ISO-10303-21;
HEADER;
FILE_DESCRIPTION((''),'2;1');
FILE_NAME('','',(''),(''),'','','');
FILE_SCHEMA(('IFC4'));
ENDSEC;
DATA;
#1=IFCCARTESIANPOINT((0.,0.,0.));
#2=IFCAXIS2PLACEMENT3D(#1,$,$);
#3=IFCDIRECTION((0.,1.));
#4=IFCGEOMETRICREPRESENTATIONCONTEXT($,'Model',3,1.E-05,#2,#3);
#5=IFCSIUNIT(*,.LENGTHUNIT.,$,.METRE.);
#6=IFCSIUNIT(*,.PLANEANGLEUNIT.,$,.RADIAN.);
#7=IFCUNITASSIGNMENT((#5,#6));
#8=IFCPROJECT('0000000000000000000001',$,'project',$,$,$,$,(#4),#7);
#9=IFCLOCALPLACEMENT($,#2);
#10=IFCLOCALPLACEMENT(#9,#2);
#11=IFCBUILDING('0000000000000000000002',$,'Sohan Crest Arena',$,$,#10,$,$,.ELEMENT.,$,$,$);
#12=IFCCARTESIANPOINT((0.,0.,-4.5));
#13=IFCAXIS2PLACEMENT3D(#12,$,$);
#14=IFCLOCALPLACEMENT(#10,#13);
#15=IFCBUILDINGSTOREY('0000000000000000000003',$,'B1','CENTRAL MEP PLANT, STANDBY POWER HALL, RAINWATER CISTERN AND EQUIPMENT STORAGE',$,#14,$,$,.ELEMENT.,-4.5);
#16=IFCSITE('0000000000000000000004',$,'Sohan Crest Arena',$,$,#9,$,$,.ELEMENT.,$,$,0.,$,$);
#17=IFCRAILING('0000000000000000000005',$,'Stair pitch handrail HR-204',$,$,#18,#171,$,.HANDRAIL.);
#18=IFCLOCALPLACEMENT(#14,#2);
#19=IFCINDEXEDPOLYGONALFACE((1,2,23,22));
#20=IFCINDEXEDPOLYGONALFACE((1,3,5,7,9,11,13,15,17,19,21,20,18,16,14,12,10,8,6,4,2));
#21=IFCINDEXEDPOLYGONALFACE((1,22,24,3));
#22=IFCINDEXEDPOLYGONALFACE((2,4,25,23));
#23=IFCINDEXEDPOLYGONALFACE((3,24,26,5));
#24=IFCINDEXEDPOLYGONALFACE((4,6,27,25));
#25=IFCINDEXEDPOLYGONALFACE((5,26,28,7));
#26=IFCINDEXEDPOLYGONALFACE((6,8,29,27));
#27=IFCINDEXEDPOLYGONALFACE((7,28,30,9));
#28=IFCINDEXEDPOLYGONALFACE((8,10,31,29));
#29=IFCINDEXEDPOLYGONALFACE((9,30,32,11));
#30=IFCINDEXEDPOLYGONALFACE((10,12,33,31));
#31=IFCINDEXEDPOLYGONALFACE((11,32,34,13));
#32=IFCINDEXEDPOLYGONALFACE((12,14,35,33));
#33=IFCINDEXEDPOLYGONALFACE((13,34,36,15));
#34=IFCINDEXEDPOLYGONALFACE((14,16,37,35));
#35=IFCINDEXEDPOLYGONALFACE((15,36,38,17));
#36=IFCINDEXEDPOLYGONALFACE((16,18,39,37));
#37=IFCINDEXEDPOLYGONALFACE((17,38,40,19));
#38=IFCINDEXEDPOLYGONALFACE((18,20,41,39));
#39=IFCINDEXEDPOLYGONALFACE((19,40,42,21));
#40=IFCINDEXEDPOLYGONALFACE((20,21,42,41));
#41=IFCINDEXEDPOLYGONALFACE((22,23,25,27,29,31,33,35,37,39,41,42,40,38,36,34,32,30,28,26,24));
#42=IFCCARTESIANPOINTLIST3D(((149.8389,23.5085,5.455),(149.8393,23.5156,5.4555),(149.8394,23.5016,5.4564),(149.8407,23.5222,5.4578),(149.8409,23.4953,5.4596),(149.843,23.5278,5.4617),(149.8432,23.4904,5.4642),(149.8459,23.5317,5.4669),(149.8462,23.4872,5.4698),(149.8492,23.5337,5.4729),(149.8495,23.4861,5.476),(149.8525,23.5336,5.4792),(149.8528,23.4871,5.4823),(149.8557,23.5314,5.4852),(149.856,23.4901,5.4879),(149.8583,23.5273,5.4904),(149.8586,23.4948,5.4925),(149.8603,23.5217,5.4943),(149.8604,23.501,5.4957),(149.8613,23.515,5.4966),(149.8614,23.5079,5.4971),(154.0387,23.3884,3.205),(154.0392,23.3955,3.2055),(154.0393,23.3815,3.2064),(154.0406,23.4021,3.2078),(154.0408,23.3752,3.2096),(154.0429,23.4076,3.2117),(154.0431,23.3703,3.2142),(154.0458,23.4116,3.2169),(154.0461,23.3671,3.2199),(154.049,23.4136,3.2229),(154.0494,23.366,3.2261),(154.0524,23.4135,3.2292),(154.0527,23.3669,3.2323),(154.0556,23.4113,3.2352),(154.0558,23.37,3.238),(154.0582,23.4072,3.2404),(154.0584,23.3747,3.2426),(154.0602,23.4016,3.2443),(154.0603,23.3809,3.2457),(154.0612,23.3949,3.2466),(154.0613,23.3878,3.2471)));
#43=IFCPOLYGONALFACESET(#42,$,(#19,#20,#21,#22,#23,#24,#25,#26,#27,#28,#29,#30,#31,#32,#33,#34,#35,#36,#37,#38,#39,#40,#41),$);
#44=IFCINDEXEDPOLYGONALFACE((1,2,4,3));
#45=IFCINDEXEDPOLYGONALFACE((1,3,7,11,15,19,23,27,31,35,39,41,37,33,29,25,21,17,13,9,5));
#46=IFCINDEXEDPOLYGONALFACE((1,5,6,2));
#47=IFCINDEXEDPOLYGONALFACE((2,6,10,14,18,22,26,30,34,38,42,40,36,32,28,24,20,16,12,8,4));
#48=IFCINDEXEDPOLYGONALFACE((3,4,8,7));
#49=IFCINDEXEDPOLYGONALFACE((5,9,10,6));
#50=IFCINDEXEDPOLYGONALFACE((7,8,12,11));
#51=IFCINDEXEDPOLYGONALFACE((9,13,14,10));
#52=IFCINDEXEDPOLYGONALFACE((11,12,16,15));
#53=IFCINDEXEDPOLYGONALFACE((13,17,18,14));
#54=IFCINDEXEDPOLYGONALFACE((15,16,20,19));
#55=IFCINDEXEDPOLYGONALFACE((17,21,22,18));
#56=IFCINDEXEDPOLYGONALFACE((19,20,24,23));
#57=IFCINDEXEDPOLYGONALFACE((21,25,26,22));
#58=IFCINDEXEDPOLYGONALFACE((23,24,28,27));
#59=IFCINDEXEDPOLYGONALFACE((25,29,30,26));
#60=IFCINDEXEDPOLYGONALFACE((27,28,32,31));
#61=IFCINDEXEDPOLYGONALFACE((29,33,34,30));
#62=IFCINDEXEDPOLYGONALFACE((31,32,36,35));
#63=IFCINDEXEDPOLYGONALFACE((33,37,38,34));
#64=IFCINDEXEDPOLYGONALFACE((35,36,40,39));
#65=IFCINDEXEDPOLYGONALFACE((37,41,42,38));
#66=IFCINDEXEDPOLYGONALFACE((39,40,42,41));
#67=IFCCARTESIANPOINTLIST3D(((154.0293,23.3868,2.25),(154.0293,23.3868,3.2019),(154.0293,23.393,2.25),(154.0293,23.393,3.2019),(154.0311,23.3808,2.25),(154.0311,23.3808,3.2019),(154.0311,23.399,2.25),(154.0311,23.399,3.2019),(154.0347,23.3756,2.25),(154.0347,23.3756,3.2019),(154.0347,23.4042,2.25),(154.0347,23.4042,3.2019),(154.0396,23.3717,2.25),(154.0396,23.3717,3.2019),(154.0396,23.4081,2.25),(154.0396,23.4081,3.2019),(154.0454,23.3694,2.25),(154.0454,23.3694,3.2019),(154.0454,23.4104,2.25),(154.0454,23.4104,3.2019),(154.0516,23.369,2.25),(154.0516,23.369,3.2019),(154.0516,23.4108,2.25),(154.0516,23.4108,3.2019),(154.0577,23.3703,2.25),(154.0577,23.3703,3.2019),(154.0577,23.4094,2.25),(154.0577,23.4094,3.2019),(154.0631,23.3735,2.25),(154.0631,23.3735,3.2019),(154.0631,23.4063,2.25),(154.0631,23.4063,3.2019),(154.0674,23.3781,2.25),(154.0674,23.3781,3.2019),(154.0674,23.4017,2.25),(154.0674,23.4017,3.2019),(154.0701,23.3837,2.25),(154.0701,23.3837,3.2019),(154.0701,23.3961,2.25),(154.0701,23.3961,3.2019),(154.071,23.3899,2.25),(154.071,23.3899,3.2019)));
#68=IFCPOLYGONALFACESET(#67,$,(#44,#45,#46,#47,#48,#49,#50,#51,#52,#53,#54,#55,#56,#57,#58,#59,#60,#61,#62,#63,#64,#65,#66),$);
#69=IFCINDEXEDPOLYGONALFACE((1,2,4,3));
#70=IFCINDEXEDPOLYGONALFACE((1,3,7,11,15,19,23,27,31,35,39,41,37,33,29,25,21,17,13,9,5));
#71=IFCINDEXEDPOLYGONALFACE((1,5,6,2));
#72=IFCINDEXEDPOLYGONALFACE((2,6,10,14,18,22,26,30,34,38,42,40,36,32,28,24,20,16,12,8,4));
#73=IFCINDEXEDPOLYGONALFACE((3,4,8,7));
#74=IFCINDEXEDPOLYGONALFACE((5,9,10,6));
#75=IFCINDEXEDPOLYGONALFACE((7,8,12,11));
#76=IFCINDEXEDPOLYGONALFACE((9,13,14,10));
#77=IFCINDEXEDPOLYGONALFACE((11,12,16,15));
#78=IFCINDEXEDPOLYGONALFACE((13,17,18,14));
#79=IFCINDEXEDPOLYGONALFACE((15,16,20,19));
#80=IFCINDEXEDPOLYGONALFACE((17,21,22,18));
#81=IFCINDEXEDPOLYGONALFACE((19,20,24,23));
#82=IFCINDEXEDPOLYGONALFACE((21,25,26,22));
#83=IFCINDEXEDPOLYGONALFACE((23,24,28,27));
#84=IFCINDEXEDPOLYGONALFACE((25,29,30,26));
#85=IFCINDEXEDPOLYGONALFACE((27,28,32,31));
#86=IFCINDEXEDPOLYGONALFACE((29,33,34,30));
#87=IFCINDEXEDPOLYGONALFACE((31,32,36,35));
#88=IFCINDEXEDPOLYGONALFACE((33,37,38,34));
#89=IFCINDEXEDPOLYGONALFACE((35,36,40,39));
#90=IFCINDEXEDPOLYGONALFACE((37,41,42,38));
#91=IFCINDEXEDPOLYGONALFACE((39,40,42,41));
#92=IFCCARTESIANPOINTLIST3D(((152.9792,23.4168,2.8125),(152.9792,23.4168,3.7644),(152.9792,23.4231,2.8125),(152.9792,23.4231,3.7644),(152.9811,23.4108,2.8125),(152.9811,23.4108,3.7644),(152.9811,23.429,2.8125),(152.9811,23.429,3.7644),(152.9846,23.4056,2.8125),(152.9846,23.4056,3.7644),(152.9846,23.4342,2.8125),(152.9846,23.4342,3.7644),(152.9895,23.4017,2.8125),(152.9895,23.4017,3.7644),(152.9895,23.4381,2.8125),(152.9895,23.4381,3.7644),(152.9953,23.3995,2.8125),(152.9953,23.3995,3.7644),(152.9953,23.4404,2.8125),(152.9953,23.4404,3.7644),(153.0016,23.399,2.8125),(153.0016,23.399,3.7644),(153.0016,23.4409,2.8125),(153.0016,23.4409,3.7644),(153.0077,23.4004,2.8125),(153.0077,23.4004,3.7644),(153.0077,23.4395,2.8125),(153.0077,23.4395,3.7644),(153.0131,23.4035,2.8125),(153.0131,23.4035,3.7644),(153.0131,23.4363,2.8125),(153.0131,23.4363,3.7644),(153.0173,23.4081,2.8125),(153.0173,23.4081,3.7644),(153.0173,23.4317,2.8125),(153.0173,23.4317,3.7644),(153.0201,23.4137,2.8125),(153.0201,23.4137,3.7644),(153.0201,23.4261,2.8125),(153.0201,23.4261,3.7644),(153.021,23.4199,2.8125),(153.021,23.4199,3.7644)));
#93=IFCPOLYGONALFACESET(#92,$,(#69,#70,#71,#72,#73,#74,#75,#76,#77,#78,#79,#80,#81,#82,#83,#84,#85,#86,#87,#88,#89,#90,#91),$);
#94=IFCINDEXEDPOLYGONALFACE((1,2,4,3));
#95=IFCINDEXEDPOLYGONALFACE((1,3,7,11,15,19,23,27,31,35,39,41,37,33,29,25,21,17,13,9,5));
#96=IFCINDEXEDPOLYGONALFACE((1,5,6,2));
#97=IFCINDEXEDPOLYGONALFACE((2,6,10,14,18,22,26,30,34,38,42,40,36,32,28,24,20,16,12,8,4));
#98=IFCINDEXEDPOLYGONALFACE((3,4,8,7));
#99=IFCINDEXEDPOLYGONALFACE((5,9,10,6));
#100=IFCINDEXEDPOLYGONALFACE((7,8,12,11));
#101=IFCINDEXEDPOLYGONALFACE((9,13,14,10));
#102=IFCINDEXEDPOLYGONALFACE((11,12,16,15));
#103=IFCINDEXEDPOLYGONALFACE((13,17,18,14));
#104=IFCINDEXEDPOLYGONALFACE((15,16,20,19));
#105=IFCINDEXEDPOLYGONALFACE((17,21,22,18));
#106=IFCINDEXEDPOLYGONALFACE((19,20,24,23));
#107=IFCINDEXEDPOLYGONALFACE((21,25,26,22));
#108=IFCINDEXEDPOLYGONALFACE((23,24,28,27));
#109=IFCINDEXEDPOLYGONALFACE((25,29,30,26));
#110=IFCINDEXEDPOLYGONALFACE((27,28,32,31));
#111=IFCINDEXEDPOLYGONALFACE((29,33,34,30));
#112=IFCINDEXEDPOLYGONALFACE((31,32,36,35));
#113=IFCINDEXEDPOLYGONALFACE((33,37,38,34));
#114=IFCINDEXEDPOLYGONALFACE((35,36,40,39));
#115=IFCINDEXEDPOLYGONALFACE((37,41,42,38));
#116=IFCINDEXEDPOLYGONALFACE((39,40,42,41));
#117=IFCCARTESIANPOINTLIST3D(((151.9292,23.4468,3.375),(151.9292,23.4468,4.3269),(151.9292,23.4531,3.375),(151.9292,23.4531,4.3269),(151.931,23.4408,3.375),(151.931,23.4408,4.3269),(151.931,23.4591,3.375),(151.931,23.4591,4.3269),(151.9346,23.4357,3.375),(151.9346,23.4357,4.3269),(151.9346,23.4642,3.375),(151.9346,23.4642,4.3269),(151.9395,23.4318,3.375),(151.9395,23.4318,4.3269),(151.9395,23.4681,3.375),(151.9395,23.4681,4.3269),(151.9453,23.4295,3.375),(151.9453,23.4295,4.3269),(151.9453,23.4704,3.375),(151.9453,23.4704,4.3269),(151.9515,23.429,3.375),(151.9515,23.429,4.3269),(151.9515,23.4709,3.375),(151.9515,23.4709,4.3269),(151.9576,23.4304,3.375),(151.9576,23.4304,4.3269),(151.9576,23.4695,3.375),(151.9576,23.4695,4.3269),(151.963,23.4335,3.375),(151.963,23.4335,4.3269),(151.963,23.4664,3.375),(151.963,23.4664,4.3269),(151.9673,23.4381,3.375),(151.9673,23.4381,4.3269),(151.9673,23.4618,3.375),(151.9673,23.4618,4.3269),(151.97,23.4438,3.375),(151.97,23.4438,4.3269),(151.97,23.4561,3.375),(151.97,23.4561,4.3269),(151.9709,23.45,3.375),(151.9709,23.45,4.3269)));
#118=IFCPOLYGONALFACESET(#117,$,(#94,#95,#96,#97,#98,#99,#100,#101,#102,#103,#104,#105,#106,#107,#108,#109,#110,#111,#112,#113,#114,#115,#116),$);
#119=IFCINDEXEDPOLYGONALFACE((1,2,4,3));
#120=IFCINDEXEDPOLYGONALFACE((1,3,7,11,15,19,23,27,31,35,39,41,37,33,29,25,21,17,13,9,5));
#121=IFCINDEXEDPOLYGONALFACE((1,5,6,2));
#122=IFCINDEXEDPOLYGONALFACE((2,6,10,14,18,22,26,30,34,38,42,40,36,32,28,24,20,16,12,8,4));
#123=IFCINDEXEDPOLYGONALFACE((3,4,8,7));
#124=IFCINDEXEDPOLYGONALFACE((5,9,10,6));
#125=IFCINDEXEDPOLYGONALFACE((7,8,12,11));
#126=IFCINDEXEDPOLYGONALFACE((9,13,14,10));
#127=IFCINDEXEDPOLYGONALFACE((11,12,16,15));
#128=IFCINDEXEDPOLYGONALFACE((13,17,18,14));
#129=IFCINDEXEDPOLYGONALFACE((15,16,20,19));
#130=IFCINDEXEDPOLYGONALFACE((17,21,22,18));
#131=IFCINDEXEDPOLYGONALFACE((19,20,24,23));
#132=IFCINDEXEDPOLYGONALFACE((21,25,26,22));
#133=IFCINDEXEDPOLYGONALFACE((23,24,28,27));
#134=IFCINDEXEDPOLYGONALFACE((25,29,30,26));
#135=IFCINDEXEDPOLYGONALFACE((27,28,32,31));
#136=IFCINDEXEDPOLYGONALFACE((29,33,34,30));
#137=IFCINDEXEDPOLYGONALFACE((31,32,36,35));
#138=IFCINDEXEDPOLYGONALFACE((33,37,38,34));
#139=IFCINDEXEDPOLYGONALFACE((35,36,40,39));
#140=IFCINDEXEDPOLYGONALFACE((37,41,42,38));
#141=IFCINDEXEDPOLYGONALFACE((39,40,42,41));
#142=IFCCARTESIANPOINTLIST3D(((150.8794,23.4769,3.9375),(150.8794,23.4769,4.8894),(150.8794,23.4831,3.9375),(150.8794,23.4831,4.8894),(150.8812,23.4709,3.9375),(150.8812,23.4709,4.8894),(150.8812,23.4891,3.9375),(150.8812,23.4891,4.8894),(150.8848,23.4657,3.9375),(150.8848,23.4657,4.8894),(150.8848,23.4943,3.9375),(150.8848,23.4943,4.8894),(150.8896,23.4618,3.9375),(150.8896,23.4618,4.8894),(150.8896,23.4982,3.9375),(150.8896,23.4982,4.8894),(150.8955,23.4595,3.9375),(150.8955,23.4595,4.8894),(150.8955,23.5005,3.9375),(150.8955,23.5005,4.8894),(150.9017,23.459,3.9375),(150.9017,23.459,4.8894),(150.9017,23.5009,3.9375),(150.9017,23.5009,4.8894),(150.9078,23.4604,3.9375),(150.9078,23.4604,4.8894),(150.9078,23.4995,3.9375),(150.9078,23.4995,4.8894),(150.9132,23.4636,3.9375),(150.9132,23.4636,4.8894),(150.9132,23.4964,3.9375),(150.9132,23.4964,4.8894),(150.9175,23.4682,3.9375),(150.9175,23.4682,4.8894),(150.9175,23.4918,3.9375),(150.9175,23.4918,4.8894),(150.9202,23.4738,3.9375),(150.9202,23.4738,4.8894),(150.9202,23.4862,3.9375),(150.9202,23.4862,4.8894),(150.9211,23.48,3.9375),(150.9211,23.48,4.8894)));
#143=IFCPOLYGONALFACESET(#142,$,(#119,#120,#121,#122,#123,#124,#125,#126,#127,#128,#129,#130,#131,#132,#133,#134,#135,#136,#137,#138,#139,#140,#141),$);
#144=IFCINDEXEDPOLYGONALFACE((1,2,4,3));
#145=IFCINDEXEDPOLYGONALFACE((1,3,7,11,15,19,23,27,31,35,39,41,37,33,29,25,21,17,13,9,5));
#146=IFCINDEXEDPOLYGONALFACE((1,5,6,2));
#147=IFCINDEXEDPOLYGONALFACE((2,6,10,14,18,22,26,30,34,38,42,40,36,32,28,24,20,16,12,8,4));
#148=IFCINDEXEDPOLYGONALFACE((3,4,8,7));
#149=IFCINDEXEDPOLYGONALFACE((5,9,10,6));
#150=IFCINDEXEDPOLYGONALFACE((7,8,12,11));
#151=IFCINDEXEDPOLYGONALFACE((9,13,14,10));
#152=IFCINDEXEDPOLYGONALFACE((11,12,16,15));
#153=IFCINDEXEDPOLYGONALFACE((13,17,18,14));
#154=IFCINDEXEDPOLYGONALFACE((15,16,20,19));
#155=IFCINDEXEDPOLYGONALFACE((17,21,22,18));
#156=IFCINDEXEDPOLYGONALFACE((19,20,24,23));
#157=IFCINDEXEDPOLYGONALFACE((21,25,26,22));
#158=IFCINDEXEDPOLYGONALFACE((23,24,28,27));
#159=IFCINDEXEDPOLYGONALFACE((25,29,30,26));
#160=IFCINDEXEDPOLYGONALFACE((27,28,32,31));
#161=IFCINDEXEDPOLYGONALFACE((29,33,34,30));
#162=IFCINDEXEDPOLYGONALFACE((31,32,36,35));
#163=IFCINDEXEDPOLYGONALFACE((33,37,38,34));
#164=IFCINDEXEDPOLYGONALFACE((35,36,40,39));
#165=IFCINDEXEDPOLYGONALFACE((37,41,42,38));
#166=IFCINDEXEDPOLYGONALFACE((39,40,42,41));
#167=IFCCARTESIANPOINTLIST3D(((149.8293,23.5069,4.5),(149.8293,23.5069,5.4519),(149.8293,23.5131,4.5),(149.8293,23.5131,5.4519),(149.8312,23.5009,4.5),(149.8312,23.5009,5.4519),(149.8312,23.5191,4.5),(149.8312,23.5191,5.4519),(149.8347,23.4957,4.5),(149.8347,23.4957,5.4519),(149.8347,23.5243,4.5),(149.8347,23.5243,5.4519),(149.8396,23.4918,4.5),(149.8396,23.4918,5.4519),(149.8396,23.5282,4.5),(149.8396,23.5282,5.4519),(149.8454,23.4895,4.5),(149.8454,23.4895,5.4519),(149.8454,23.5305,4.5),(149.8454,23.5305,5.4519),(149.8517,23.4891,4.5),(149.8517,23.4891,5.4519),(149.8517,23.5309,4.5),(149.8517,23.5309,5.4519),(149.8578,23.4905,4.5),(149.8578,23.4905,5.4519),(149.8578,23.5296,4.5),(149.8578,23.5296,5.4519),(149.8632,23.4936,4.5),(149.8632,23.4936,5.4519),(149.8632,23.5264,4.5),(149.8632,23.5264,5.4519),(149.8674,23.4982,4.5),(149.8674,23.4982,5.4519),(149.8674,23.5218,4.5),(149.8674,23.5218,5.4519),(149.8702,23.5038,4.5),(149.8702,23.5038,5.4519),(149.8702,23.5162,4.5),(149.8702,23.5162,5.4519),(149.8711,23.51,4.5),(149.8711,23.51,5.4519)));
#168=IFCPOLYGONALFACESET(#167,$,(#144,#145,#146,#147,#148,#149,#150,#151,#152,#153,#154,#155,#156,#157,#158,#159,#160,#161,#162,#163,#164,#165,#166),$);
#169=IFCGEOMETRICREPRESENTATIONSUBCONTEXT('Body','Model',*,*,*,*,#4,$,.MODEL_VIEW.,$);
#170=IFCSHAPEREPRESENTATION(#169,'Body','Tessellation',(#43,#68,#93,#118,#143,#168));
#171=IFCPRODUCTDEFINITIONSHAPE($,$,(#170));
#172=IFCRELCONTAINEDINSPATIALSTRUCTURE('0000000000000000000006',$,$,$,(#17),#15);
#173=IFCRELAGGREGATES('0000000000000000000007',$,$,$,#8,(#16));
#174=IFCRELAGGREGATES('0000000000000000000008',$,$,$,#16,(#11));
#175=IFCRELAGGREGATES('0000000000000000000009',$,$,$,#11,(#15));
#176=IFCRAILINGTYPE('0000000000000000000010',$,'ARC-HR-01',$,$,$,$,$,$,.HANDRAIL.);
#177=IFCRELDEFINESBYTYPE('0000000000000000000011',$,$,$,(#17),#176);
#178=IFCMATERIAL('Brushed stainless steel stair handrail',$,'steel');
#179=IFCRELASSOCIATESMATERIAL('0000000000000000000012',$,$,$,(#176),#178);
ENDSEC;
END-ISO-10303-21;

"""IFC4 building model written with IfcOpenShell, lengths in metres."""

from ifc_helpers import new_model, si_unit, direction, frame, origin, origin_2d, place, context, subcontext, project, spatial, circle, extrude, material, type_object, element, save


model = new_model("IFC4")

# Units and contexts
model_context = context("Model", 3, precision=1e-05, world=origin(), true_north=direction((0.0, 1.0)))
body_context = subcontext(model_context, "Body", "Model", "MODEL_VIEW")
ifc_project = project(units=[si_unit("LENGTHUNIT", "METRE"), si_unit("PLANEANGLEUNIT", "RADIAN")], contexts=[model_context])

# Site, building, storey
site_placement = place(None, origin())
site = spatial("IfcSite", under=ifc_project, at=site_placement, Name="Sohan Crest Arena", CompositionType="ELEMENT", RefElevation=0.0)
building_placement = place(site_placement, origin())
building = spatial("IfcBuilding", under=site, at=building_placement, Name="Sohan Crest Arena", CompositionType="ELEMENT")
storey_placement = place(building_placement, frame((0.0, 0.0, -4.5)))
storey = spatial("IfcBuildingStorey", under=building, at=storey_placement, Name="B1", Description="CENTRAL MEP PLANT, STANDBY POWER HALL, RAINWATER CISTERN AND EQUIPMENT STORAGE", CompositionType="ELEMENT", Elevation=-4.5)

# Railing
ifc_material_1 = material(Name="Brushed stainless steel stair handrail", Category="steel")
railing_type_1 = type_object("IfcRailingType", Name="ARC-HR-01", PredefinedType="HANDRAIL", material=ifc_material_1)
railing_1_placement = place(storey_placement, frame((154.05, 23.3899, 2.25)))
element("IfcRailing", 1, at=railing_1_placement, inside=storey, type_object=railing_type_1, Name="Stair pitch handrail HR-204", PredefinedType="HANDRAIL", context=body_context, shape_type="SweptSolid", body=[
    extrude(circle(Radius=0.0239, at=origin_2d()), frame((0.0, 0.0, 0.9761), z_axis=(-0.881198, 0.025202, 0.472076), x_axis=(-0.028588, -0.999591, 0.0)), (0.0, 0.0, 1.0), 4.7661),
    extrude(circle(Radius=0.021, at=origin_2d()), origin(), (0.0, 0.0, 1.0), 0.9519),
    extrude(circle(Radius=0.021, at=origin_2d()), frame((-1.05, 0.03, 0.5625)), (0.0, 0.0, 1.0), 0.9519),
    extrude(circle(Radius=0.021, at=origin_2d()), frame((-2.1001, 0.0601, 1.125)), (0.0, 0.0, 1.0), 0.9519),
    extrude(circle(Radius=0.021, at=origin_2d()), frame((-3.1499, 0.0901, 1.6875)), (0.0, 0.0, 1.0), 0.9519),
    extrude(circle(Radius=0.021, at=origin_2d()), frame((-4.2, 0.1201, 2.25)), (0.0, 0.0, 1.0), 0.9519),
])

save(model, "model.ifc")
